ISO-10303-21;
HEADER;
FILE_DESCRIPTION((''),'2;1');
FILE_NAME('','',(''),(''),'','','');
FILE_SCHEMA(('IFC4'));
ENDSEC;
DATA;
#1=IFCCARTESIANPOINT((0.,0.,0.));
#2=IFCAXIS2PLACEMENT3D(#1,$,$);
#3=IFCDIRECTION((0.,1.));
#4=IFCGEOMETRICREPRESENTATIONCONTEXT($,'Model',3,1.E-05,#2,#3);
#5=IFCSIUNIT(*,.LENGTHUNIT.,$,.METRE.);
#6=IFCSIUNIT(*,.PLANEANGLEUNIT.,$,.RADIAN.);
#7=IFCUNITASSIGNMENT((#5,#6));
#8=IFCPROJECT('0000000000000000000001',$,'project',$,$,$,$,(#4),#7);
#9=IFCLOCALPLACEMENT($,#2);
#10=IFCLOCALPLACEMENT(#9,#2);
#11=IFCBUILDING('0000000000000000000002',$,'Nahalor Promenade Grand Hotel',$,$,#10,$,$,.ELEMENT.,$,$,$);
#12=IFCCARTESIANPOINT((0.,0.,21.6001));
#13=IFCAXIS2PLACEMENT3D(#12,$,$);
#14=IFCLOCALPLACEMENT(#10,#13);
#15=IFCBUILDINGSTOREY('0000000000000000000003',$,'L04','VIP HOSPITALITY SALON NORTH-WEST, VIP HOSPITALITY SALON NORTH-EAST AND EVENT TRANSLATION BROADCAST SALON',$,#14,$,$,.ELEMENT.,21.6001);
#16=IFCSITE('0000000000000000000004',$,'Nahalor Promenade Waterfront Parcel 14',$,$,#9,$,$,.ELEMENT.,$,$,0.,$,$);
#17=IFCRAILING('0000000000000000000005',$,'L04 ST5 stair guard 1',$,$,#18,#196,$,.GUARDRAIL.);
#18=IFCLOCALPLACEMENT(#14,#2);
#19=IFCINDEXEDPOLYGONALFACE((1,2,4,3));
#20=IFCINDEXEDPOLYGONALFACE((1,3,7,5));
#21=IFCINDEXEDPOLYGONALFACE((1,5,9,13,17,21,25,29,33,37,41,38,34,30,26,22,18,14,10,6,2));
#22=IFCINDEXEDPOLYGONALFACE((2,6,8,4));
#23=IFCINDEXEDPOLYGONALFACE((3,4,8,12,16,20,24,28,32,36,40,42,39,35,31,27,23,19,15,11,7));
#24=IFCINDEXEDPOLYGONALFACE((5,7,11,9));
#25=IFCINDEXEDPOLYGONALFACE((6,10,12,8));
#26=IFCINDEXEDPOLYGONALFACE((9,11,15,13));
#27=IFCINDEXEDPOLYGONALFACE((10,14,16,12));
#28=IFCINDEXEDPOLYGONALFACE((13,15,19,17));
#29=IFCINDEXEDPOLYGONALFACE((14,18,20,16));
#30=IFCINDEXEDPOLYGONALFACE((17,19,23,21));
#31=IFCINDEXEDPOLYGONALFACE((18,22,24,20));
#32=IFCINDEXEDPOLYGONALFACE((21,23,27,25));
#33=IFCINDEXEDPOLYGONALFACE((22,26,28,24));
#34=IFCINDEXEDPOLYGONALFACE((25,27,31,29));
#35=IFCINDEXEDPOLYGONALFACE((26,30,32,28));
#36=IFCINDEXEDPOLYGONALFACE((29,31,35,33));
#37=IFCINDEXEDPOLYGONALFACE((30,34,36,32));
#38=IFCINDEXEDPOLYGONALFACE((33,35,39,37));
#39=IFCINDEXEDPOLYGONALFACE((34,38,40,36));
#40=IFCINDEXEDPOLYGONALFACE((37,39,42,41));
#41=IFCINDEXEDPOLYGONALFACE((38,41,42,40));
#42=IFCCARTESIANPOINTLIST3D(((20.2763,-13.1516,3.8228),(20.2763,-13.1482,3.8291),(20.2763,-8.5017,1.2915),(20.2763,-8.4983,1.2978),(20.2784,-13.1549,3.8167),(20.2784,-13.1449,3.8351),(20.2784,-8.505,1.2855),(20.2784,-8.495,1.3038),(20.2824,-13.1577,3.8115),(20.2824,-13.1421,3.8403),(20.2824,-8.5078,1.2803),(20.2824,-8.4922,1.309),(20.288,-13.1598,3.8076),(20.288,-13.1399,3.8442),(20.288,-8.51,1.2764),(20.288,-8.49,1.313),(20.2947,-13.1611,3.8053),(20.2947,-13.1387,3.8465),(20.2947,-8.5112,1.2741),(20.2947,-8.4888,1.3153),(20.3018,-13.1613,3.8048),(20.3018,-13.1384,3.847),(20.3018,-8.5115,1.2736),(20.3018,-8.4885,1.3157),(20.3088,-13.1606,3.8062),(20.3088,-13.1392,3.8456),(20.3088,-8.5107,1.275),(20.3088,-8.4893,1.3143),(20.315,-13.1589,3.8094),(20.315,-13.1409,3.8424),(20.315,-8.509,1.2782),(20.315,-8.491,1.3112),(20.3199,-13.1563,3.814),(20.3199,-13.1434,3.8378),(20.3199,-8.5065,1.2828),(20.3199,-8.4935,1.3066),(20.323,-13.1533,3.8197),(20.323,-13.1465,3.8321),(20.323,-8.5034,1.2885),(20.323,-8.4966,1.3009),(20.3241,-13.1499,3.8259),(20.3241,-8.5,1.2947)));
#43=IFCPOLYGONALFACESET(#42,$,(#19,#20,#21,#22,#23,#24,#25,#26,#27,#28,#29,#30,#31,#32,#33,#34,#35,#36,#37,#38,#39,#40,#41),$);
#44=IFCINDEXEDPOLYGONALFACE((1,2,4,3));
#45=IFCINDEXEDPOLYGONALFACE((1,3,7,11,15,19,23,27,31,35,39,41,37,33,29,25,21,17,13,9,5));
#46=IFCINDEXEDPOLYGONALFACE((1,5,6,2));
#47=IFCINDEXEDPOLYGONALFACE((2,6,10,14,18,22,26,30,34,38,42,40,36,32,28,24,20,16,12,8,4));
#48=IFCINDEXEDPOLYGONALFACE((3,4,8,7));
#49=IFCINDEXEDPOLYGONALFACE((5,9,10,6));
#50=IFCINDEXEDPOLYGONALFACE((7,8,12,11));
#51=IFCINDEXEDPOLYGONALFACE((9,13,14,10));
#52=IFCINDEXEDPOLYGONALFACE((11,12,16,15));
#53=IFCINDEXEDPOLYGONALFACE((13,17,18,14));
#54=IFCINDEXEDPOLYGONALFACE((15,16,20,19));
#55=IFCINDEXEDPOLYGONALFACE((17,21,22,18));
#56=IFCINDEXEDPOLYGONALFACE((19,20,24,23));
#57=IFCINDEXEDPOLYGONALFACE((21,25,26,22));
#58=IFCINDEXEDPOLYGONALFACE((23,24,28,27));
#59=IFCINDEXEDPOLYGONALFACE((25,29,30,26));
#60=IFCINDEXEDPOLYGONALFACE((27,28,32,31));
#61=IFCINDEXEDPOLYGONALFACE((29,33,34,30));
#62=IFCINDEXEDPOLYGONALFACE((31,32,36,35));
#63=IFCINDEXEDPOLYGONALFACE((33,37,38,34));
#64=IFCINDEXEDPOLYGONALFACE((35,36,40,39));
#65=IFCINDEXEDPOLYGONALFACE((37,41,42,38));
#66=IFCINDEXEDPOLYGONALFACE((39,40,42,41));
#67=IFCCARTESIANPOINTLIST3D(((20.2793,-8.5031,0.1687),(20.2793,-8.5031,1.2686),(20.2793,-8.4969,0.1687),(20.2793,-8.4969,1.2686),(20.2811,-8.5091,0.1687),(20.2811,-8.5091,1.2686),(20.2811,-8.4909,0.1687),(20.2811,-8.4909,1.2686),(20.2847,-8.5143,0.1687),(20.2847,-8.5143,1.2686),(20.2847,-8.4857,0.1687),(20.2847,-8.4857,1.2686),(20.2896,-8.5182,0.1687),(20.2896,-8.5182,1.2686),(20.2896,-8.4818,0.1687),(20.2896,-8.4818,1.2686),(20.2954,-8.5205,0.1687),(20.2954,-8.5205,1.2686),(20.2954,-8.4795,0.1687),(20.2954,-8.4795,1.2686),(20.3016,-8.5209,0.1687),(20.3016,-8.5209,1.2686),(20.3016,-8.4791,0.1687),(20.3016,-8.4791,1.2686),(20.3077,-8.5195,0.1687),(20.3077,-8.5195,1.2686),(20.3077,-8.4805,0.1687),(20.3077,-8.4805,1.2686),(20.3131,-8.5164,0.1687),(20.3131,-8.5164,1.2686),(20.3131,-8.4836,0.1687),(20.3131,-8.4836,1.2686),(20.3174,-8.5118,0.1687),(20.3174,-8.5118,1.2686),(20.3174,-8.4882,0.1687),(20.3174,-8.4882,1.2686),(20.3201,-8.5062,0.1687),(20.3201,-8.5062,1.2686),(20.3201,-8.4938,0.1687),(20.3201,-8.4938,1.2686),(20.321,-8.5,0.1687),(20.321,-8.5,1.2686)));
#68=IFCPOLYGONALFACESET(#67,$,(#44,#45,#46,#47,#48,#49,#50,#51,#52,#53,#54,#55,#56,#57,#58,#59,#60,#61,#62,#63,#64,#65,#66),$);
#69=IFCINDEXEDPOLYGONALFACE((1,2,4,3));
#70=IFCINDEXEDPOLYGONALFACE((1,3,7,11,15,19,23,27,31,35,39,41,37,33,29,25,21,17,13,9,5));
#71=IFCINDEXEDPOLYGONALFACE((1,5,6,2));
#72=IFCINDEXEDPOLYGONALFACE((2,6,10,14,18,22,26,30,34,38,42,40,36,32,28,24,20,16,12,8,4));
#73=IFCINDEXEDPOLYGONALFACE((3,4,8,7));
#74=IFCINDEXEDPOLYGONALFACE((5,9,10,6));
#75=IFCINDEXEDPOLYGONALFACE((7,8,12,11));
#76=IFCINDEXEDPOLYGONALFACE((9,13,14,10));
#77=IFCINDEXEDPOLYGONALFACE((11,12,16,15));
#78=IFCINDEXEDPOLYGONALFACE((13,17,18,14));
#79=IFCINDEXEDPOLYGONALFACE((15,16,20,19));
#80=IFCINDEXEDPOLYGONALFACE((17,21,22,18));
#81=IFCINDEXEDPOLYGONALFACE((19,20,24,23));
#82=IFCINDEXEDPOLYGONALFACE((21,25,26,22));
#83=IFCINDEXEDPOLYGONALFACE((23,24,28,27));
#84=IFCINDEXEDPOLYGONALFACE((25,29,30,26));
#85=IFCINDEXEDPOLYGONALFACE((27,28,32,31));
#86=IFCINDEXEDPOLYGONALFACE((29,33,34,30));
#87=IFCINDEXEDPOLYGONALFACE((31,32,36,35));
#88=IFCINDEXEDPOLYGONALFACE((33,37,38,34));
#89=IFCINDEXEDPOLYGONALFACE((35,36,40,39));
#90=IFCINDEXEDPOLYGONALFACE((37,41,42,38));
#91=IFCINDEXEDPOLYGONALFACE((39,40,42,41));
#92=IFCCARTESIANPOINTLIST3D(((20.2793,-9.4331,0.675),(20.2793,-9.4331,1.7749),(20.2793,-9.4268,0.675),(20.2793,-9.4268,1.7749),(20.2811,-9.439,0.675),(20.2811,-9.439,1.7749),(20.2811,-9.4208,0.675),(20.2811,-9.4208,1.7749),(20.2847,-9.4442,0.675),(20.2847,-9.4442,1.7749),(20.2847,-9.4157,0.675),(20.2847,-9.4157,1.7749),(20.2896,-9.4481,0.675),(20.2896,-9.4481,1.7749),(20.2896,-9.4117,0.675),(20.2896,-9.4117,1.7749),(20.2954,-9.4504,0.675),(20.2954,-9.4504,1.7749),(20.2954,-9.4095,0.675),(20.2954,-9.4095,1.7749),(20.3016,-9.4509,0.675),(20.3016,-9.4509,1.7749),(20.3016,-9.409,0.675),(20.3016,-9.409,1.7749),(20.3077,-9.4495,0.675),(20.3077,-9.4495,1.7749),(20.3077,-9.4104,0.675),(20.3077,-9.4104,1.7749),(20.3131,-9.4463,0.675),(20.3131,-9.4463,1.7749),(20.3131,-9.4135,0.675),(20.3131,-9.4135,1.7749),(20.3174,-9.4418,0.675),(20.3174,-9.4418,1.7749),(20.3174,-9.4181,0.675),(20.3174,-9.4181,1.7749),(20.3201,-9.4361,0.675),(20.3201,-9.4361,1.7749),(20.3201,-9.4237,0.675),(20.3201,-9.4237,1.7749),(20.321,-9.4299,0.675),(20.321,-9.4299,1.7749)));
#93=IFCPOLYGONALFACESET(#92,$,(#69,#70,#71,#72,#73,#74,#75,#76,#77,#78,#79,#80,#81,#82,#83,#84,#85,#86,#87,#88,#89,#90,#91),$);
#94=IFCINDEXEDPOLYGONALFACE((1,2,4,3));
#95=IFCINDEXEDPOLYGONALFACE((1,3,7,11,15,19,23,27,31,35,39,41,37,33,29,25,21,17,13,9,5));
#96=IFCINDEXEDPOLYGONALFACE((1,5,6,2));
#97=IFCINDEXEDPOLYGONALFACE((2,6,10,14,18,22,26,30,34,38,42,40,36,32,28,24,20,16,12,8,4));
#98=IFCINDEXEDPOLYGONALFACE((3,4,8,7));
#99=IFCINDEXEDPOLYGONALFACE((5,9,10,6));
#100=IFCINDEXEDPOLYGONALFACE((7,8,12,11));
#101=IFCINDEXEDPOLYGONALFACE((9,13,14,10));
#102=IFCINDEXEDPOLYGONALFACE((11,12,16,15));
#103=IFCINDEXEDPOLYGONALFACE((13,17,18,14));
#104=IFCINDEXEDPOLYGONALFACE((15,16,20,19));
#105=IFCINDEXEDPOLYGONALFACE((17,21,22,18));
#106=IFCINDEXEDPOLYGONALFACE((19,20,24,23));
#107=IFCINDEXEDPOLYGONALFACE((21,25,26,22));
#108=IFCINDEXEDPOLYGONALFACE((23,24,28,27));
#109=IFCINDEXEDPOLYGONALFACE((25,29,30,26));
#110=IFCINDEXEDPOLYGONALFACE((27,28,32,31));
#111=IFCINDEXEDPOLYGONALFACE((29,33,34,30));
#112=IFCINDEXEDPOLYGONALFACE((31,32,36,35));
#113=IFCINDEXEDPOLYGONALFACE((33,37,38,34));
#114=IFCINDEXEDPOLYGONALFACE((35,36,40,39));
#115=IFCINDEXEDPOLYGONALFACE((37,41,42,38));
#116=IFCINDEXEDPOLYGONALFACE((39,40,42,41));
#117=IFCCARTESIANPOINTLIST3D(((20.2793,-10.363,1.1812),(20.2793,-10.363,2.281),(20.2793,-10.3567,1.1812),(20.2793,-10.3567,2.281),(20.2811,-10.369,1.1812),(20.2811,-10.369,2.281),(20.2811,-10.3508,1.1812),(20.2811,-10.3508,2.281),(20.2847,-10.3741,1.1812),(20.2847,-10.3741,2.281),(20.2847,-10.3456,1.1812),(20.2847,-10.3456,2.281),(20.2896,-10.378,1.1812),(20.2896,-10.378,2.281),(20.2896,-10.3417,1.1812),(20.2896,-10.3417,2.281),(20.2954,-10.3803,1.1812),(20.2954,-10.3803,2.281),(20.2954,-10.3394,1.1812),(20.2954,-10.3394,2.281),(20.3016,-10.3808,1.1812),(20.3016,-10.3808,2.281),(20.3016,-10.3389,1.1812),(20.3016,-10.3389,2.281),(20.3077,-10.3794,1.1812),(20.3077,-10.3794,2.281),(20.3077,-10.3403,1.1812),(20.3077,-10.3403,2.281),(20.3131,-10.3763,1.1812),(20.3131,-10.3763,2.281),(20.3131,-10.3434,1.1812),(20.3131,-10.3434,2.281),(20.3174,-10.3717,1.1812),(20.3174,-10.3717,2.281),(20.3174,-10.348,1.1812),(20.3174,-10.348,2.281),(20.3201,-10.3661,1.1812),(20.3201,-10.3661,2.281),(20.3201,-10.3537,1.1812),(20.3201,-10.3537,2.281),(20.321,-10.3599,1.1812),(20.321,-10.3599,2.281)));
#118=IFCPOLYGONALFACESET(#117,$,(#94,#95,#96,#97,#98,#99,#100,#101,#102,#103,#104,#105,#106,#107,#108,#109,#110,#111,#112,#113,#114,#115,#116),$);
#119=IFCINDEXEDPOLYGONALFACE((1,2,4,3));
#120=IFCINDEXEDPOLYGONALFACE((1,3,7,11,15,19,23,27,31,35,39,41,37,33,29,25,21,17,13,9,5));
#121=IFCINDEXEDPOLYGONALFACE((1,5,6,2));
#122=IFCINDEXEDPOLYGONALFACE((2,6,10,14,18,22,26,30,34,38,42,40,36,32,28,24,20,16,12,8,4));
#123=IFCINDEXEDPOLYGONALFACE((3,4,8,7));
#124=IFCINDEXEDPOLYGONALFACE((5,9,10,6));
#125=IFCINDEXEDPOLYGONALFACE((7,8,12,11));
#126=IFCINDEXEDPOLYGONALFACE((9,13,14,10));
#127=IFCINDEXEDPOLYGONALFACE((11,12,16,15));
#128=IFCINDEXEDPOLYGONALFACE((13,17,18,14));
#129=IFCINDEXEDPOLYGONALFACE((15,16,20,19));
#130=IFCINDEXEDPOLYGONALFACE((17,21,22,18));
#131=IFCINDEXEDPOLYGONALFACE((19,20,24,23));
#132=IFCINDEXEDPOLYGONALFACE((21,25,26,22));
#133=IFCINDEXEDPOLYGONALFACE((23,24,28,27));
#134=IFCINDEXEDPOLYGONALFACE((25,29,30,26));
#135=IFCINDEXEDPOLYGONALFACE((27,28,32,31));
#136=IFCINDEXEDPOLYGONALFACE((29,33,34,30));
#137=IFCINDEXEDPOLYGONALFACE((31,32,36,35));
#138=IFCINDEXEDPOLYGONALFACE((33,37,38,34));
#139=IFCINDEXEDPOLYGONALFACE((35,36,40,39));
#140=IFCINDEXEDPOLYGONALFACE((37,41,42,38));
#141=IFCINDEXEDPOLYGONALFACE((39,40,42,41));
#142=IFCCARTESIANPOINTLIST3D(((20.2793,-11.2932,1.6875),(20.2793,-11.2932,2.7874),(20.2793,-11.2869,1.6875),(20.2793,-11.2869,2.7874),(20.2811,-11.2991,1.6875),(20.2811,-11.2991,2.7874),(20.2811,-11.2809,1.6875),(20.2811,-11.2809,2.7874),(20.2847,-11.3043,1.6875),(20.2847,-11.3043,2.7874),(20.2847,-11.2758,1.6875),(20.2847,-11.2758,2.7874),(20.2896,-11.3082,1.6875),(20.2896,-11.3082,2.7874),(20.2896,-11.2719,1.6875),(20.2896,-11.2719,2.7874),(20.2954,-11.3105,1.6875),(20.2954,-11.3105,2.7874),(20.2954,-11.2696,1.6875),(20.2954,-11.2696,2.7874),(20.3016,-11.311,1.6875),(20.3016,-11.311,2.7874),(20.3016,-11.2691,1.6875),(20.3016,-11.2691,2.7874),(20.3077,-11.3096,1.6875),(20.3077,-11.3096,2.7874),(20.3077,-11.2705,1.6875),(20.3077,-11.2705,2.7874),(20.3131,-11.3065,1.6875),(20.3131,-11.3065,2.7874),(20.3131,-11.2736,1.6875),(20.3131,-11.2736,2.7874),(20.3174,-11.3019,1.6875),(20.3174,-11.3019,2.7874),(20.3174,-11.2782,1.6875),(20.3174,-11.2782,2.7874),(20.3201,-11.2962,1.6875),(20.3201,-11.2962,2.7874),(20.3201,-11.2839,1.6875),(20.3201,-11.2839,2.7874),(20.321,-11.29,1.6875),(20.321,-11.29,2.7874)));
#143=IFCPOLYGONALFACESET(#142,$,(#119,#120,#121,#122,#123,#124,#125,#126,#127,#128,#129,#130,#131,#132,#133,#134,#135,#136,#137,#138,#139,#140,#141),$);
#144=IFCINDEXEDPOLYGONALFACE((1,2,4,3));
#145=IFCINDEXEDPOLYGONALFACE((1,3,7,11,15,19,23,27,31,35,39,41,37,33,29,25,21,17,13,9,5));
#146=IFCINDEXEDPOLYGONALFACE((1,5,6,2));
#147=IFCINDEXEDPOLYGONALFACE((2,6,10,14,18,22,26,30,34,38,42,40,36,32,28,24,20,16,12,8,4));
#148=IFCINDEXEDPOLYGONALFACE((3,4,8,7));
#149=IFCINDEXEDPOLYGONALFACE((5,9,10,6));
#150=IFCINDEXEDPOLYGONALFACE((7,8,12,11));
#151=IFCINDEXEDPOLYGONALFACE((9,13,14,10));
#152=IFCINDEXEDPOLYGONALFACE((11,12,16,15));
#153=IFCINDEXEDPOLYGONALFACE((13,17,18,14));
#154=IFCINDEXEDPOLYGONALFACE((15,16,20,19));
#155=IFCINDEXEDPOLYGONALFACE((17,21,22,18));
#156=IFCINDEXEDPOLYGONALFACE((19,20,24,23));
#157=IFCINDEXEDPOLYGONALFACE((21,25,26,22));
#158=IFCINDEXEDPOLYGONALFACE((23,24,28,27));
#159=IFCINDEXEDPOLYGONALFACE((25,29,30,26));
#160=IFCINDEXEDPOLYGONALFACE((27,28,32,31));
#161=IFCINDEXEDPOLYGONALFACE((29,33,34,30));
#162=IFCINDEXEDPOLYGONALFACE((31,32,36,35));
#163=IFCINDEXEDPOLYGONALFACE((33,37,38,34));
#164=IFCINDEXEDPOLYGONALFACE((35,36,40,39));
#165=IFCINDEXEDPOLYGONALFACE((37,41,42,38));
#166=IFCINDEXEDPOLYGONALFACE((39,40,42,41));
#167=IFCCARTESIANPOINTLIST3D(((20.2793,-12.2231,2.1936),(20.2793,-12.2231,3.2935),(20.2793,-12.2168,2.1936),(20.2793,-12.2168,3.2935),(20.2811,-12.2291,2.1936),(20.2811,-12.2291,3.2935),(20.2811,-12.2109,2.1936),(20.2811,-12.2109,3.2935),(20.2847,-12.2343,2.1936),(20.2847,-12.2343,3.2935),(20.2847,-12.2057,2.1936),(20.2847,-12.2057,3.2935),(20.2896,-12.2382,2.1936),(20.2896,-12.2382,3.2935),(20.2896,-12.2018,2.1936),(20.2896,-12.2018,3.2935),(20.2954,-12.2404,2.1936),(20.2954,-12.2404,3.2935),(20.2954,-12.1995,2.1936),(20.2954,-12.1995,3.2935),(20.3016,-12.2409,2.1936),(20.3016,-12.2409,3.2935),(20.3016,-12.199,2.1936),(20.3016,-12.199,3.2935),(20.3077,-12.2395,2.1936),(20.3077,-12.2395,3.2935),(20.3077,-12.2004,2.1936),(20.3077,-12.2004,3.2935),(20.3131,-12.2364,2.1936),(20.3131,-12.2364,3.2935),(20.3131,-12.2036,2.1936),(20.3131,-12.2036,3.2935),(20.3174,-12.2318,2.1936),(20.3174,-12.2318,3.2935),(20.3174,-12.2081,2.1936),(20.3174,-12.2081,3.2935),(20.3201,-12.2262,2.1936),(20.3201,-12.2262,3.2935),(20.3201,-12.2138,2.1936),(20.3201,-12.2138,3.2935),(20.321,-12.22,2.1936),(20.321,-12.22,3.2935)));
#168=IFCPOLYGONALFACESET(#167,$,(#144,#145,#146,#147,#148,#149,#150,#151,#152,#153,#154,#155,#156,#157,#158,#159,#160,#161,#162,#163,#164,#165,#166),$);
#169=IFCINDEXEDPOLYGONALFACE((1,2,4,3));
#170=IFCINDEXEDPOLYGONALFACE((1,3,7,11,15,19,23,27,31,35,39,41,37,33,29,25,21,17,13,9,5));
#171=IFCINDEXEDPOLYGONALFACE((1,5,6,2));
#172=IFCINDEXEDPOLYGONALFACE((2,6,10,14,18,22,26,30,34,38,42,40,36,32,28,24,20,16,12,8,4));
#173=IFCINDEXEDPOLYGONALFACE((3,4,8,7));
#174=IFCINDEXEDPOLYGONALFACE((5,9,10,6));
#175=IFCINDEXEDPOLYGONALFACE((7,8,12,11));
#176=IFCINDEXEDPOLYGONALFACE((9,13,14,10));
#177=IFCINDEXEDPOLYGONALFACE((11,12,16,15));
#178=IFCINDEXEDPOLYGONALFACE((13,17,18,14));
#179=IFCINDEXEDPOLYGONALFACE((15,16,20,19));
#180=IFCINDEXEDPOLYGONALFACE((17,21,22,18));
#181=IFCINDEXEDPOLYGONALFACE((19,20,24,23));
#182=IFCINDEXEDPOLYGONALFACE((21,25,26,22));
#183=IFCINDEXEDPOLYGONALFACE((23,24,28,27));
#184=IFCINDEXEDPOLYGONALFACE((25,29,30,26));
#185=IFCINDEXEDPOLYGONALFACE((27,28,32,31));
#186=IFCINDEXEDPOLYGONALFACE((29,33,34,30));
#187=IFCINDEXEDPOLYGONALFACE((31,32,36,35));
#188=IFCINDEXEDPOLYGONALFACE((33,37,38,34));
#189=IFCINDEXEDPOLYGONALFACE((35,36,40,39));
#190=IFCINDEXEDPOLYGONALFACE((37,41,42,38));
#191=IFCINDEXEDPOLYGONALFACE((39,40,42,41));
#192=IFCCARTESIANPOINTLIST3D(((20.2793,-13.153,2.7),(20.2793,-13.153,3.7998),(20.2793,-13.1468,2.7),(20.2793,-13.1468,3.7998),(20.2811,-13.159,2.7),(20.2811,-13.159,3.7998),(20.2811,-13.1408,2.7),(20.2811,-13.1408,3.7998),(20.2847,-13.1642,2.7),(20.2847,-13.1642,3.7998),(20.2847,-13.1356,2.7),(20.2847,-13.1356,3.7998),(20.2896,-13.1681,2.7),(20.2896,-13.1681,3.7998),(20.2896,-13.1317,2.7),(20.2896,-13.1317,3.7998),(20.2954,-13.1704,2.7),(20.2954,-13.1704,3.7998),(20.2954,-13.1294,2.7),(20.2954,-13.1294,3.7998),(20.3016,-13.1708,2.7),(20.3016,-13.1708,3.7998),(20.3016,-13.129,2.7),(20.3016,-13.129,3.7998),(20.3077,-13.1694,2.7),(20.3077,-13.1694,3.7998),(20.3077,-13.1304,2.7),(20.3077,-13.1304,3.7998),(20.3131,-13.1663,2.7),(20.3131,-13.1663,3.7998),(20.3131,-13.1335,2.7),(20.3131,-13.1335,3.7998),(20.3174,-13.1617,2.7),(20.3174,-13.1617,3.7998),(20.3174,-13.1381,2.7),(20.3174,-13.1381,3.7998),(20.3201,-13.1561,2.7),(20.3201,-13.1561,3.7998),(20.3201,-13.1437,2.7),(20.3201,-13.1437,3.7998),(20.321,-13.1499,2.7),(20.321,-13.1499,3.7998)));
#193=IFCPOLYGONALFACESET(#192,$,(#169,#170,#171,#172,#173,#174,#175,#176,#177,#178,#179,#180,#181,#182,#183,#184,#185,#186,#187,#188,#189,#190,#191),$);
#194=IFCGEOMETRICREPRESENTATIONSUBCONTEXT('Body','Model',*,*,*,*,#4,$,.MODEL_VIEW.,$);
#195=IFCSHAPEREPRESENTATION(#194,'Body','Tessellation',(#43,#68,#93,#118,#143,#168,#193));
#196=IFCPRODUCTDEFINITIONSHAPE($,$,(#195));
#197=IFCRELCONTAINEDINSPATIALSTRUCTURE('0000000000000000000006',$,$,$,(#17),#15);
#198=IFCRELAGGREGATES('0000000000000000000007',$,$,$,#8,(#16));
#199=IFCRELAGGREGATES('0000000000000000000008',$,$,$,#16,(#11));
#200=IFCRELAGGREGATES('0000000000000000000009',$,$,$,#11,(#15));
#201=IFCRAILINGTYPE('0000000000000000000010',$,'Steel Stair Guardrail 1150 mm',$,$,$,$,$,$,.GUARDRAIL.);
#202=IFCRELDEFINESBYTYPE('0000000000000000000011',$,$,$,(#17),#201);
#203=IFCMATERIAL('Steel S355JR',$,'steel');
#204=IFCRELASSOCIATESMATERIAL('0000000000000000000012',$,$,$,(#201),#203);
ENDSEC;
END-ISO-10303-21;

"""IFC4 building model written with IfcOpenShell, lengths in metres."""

from ifc_helpers import new_model, si_unit, direction, frame, origin, origin_2d, place, context, subcontext, project, spatial, circle, extrude, material, type_object, element, save


model = new_model("IFC4")

# Units and contexts
model_context = context("Model", 3, precision=1e-05, world=origin(), true_north=direction((0.0, 1.0)))
body_context = subcontext(model_context, "Body", "Model", "MODEL_VIEW")
ifc_project = project(units=[si_unit("LENGTHUNIT", "METRE"), si_unit("PLANEANGLEUNIT", "RADIAN")], contexts=[model_context])

# Site, building, storey
site_placement = place(None, origin())
site = spatial("IfcSite", under=ifc_project, at=site_placement, Name="Nahalor Promenade Waterfront Parcel 14", CompositionType="ELEMENT", RefElevation=0.0)
building_placement = place(site_placement, origin())
building = spatial("IfcBuilding", under=site, at=building_placement, Name="Nahalor Promenade Grand Hotel", CompositionType="ELEMENT")
storey_placement = place(building_placement, frame((0.0, 0.0, 21.6001)))
storey = spatial("IfcBuildingStorey", under=building, at=storey_placement, Name="L04", Description="VIP HOSPITALITY SALON NORTH-WEST, VIP HOSPITALITY SALON NORTH-EAST AND EVENT TRANSLATION BROADCAST SALON", CompositionType="ELEMENT", Elevation=21.6001)

# Shared definitions
ifc_material_1 = material(Name="Steel S355JR", Category="steel")

# Railing
railing_type_1 = type_object("IfcRailingType", Name="Steel Stair Guardrail 1150 mm", PredefinedType="GUARDRAIL", material=ifc_material_1)
railing_1_placement = place(storey_placement, frame((20.3, -8.5, 0.1687)))
element("IfcRailing", 1, at=railing_1_placement, inside=storey, type_object=railing_type_1, Name="L04 ST5 stair guard 1", PredefinedType="GUARDRAIL", context=body_context, shape_type="SweptSolid", body=[
    extrude(circle(Radius=0.024, at=origin_2d()), frame((0.0, 0.0, 1.126), z_axis=(0.0, -0.878297, 0.478115), x_axis=(1.0, 0.0, 0.0)), (0.0, 0.0, 1.0), 5.2942),
    extrude(circle(Radius=0.021, at=origin_2d()), origin(), (0.0, 0.0, 1.0), 1.0999),
    extrude(circle(Radius=0.021, at=origin_2d()), frame((0.0, -0.9299, 0.5063)), (0.0, 0.0, 1.0), 1.0999),
    extrude(circle(Radius=0.021, at=origin_2d()), frame((0.0, -1.8599, 1.0125)), (0.0, 0.0, 1.0), 1.0999),
    extrude(circle(Radius=0.021, at=origin_2d()), frame((0.0, -2.79, 1.5188)), (0.0, 0.0, 1.0), 1.0999),
    extrude(circle(Radius=0.021, at=origin_2d()), frame((0.0, -3.72, 2.0249)), (0.0, 0.0, 1.0), 1.0999),
    extrude(circle(Radius=0.021, at=origin_2d()), frame((0.0, -4.6499, 2.5312)), (0.0, 0.0, 1.0), 1.0999),
])

save(model, "model.ifc")
